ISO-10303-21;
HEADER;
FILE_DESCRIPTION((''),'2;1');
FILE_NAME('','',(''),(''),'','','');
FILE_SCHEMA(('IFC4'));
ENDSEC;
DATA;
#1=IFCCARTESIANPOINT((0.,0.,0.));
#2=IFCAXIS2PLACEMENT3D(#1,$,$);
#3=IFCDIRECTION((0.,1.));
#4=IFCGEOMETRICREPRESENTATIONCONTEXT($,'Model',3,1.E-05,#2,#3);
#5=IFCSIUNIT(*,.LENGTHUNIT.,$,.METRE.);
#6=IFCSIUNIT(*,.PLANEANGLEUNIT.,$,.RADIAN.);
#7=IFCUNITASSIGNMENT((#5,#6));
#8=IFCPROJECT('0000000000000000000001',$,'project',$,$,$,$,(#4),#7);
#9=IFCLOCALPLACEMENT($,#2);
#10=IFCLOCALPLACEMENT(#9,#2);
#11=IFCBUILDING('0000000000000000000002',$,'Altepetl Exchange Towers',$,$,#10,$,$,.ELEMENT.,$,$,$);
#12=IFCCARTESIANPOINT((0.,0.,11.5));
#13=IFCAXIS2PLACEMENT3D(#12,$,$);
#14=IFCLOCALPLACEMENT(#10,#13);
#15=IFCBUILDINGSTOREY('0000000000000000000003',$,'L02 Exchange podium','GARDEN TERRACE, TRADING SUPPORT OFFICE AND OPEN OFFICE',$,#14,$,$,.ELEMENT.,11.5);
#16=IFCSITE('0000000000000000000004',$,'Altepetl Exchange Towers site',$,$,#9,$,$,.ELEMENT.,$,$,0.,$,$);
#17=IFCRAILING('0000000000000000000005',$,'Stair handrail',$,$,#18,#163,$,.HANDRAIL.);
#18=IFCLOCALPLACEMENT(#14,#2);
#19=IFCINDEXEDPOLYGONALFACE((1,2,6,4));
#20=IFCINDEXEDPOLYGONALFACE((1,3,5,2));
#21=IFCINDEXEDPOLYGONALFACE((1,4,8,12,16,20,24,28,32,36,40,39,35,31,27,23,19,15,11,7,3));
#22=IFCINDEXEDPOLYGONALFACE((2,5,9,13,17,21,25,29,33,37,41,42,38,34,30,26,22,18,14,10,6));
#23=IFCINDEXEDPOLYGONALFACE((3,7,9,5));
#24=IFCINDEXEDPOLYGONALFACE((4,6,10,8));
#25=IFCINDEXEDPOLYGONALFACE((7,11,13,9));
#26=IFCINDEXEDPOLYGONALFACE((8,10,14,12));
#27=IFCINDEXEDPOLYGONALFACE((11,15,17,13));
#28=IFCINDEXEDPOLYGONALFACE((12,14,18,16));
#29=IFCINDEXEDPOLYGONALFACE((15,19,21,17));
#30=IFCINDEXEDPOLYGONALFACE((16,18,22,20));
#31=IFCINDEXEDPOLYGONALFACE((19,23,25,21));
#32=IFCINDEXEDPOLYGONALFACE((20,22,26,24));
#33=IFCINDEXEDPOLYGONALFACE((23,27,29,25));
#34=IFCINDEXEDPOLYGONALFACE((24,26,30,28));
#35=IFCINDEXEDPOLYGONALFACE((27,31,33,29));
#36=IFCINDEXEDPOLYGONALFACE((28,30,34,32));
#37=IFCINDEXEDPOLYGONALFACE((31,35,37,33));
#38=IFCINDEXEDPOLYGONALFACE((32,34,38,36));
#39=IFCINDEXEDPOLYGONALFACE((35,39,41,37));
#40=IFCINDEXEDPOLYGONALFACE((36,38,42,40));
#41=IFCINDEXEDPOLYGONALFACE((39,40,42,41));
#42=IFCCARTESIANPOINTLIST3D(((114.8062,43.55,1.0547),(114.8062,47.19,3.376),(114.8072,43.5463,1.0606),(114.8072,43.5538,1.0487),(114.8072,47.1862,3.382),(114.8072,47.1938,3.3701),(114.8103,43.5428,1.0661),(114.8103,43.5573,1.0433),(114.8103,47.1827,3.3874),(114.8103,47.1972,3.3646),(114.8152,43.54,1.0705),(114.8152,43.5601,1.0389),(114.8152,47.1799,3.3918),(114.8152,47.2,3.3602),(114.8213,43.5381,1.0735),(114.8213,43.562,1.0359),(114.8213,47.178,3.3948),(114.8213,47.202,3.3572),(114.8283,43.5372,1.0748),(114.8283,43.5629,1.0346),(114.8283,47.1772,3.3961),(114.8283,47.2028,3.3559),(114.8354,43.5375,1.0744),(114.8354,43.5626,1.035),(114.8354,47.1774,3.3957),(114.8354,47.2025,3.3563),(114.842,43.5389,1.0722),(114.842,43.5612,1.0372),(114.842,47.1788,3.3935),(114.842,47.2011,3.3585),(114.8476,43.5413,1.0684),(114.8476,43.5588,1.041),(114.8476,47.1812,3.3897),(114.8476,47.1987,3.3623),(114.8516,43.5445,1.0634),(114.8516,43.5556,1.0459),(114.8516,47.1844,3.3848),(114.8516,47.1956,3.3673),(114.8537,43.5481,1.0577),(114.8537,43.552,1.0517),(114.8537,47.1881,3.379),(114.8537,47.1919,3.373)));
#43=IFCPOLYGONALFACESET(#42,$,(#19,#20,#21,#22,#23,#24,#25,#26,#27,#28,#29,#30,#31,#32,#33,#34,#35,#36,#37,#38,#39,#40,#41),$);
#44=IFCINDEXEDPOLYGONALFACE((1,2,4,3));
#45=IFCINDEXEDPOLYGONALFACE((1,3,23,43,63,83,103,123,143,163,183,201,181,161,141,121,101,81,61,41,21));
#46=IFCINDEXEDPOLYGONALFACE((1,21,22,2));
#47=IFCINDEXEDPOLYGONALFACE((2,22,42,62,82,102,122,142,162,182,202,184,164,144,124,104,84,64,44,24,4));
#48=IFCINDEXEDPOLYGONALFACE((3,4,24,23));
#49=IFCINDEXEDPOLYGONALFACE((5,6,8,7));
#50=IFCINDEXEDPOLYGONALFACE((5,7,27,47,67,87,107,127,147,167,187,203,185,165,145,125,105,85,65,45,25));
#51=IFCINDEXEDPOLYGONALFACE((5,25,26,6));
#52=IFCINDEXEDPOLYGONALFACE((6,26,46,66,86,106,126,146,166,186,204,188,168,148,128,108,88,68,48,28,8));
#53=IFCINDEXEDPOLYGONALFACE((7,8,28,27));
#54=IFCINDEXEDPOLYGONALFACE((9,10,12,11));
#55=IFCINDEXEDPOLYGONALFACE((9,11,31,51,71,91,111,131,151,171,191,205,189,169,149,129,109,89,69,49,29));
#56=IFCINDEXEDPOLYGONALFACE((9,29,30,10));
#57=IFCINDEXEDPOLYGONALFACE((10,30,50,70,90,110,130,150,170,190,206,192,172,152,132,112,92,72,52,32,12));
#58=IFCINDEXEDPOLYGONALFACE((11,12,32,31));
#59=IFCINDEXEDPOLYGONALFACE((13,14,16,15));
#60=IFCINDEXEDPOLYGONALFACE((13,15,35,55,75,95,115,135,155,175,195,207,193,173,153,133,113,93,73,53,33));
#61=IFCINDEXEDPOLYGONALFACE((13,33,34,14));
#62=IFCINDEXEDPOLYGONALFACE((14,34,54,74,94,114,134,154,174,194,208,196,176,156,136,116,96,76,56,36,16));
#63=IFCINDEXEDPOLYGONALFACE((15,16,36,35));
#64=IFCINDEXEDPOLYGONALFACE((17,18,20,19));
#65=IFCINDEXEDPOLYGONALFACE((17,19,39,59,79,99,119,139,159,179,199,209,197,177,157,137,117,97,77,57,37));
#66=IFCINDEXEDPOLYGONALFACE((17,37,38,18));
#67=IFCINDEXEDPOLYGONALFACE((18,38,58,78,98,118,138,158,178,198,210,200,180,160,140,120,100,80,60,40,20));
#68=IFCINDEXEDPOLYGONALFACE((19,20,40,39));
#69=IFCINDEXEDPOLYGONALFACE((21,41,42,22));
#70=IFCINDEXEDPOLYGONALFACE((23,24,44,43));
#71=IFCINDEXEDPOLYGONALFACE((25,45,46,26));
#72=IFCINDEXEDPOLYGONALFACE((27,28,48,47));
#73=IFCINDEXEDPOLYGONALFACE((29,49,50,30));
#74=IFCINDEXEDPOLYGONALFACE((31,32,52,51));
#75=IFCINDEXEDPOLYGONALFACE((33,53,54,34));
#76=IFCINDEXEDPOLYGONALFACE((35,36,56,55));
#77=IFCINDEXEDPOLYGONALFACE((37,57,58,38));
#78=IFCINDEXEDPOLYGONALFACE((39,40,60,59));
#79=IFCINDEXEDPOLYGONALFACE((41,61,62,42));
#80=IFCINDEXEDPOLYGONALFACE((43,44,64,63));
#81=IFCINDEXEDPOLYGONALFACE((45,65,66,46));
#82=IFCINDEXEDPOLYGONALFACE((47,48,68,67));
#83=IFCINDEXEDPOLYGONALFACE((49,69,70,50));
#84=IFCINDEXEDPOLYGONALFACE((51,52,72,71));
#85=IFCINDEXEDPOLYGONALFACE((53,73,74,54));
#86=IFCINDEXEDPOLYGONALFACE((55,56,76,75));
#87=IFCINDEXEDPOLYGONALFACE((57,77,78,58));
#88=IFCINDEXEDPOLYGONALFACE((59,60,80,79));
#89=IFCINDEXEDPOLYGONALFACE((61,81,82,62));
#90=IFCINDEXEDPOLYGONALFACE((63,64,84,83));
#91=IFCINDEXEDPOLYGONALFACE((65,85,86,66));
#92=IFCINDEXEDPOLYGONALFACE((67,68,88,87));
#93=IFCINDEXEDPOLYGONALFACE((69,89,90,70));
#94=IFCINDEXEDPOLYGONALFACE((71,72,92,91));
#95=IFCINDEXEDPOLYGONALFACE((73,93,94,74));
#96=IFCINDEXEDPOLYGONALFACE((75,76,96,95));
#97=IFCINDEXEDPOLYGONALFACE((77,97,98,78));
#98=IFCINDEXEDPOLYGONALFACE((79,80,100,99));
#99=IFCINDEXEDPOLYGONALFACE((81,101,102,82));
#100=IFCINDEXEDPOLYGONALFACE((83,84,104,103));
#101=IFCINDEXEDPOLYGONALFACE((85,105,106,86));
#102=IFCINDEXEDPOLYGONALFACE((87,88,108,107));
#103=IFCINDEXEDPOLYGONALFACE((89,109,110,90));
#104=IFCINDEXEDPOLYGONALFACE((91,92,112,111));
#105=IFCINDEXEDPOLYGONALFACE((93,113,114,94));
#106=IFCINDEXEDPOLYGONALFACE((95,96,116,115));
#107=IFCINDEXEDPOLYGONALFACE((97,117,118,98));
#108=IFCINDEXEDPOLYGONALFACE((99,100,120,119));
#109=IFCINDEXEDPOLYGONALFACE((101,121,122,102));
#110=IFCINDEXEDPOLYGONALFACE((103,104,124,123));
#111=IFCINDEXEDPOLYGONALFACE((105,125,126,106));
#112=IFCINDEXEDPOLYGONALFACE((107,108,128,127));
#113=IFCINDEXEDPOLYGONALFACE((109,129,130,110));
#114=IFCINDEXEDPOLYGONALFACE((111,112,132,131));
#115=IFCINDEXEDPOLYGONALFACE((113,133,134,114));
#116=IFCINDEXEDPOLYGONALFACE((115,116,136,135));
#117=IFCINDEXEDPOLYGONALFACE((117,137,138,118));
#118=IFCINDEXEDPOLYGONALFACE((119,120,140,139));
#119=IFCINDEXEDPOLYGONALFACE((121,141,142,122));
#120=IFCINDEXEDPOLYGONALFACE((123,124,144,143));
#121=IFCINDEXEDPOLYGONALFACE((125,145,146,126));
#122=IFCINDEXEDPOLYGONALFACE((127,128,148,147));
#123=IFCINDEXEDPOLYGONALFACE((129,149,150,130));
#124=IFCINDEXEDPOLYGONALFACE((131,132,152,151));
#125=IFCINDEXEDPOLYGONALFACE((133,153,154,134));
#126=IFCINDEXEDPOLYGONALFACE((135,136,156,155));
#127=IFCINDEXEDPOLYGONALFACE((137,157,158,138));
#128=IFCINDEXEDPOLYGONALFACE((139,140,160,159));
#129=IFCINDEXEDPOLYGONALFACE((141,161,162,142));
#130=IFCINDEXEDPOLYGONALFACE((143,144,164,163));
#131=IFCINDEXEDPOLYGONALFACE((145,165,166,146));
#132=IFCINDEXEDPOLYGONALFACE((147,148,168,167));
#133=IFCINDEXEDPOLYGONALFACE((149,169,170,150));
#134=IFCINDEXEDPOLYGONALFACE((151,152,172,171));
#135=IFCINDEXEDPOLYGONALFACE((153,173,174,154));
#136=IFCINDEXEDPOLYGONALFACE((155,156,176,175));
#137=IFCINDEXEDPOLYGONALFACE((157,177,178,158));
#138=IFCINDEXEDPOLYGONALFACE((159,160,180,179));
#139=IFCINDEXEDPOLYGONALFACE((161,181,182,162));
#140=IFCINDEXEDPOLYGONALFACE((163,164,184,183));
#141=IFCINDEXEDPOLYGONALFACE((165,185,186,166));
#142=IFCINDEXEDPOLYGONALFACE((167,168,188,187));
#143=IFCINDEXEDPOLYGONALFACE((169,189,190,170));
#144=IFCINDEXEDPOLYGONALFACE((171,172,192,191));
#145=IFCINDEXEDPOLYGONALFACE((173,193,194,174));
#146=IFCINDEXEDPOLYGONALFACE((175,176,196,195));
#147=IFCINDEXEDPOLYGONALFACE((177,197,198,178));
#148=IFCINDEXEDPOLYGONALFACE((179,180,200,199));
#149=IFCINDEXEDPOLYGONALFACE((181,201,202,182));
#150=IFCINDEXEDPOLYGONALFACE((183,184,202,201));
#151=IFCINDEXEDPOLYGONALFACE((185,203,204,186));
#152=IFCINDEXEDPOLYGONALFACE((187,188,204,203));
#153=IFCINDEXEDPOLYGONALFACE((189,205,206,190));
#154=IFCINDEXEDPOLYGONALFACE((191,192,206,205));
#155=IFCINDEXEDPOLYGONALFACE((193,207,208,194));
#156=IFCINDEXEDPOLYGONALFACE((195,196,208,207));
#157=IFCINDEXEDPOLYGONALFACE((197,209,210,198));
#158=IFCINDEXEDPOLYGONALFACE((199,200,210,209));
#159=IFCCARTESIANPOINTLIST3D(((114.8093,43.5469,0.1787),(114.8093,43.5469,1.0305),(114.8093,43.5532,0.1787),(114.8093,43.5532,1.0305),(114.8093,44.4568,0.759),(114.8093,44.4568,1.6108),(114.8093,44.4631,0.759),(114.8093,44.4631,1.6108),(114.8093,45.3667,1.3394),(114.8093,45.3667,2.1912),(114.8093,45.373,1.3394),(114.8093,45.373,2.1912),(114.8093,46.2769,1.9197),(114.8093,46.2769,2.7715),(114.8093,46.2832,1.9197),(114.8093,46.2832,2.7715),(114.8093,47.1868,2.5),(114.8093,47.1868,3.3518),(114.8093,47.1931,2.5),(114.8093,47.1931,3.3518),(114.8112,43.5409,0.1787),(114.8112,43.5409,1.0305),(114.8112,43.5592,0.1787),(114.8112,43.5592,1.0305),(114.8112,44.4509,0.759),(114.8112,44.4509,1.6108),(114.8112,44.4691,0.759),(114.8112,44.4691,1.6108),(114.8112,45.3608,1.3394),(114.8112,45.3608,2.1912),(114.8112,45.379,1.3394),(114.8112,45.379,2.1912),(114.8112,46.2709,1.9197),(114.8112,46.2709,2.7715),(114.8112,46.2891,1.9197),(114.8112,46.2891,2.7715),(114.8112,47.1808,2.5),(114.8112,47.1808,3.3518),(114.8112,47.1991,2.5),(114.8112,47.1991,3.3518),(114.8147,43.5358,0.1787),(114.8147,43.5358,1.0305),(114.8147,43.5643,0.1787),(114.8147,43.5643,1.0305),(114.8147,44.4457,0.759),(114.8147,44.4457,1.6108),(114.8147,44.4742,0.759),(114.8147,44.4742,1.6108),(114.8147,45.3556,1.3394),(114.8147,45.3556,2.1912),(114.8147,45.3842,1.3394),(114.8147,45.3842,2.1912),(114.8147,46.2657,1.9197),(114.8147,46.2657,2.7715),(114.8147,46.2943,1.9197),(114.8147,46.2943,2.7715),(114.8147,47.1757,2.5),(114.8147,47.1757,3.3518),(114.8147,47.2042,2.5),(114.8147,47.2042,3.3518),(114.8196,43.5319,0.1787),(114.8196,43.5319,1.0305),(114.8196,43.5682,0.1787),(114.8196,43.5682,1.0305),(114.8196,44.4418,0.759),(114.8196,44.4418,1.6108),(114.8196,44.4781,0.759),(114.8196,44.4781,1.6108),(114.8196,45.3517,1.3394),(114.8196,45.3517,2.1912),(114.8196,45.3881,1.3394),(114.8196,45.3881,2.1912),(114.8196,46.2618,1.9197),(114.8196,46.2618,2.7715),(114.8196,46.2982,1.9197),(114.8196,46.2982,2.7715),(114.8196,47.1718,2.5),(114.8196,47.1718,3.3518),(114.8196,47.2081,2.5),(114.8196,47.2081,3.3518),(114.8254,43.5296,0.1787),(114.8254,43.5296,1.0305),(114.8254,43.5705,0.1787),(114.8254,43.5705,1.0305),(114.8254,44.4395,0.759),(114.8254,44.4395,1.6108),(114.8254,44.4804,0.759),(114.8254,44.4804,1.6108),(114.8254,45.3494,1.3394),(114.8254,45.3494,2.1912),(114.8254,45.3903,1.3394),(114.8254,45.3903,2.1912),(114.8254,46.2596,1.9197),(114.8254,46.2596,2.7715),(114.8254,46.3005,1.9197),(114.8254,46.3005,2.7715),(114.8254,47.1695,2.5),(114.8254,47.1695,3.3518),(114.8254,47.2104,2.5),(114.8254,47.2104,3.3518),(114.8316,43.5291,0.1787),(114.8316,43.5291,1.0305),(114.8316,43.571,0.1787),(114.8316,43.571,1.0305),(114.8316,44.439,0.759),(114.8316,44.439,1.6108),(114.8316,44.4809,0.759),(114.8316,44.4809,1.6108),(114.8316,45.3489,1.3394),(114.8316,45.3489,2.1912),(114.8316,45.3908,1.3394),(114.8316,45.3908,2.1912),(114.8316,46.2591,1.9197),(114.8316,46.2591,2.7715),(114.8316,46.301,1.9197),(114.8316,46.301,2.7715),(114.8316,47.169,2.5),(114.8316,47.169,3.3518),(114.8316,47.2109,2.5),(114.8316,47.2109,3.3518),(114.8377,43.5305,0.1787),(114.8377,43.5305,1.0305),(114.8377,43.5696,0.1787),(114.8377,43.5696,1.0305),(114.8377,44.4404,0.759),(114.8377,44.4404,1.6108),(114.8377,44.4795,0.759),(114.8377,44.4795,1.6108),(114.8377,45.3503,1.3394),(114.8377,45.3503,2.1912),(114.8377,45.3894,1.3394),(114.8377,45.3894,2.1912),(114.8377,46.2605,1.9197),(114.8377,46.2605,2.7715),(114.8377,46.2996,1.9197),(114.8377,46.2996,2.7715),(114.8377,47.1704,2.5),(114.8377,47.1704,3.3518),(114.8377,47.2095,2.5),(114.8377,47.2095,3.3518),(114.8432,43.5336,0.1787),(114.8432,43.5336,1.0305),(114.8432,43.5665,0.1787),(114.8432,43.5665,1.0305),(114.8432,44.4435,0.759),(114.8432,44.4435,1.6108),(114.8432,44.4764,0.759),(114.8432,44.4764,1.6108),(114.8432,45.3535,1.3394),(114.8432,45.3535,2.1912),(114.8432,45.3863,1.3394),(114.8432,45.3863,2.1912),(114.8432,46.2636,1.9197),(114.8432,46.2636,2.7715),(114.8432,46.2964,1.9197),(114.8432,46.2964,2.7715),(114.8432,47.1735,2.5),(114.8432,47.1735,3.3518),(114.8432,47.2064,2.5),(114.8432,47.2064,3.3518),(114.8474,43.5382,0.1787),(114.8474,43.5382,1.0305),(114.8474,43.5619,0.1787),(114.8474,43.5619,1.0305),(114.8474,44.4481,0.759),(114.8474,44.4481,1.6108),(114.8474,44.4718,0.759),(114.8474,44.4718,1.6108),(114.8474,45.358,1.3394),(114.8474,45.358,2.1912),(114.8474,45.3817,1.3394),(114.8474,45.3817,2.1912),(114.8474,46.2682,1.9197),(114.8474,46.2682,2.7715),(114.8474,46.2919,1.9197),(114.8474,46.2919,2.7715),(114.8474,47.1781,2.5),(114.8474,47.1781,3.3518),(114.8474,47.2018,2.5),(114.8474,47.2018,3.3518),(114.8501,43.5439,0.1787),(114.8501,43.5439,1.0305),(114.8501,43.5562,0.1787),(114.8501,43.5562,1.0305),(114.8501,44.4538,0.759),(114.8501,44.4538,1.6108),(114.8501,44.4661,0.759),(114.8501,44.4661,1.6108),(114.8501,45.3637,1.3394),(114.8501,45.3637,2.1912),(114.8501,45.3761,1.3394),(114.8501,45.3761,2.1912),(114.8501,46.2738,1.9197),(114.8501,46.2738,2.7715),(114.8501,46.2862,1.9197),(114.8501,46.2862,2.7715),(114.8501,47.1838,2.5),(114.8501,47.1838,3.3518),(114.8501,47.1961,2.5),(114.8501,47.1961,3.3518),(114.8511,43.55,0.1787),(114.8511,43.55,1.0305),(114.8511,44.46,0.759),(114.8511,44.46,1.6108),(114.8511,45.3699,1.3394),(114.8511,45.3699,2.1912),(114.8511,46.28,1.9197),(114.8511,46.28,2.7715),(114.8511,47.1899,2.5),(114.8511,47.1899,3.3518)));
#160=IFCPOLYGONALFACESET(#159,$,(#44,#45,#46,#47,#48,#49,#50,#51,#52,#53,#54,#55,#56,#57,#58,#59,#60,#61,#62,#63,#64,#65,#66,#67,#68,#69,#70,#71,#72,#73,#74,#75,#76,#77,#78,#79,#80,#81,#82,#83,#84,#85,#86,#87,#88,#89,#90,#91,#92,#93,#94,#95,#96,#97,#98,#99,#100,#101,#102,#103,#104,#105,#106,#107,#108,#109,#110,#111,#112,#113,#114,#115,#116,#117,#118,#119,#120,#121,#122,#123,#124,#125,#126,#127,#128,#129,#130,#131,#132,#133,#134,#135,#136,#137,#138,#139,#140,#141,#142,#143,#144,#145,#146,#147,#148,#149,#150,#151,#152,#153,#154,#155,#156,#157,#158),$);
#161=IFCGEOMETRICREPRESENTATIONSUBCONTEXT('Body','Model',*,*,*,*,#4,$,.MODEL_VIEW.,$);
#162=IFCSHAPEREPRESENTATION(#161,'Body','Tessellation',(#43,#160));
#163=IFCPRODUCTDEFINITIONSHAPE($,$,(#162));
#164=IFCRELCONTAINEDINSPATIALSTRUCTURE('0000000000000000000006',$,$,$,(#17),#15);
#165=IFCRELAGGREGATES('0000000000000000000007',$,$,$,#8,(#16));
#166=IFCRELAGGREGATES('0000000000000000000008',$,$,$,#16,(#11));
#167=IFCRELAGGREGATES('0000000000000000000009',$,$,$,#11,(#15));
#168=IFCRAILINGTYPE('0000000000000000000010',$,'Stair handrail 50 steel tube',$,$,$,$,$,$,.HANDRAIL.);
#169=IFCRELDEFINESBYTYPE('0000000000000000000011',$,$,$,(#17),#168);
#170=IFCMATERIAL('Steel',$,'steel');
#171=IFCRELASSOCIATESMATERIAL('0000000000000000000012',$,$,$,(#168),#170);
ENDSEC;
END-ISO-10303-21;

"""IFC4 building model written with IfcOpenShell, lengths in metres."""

from ifc_helpers import new_model, si_unit, direction, frame, origin, origin_2d, place, context, subcontext, project, spatial, circle, extrude, source, transform, mapped, material, type_object, element, save


model = new_model("IFC4")

# Units and contexts
model_context = context("Model", 3, precision=1e-05, world=origin(), true_north=direction((0.0, 1.0)))
body_context = subcontext(model_context, "Body", "Model", "MODEL_VIEW")
ifc_project = project(units=[si_unit("LENGTHUNIT", "METRE"), si_unit("PLANEANGLEUNIT", "RADIAN")], contexts=[model_context])

# Site, building, storey
site_placement = place(None, origin())
site = spatial("IfcSite", under=ifc_project, at=site_placement, Name="Altepetl Exchange Towers site", CompositionType="ELEMENT", RefElevation=0.0)
building_placement = place(site_placement, origin())
building = spatial("IfcBuilding", under=site, at=building_placement, Name="Altepetl Exchange Towers", CompositionType="ELEMENT")
storey_placement = place(building_placement, frame((0.0, 0.0, 11.5)))
storey = spatial("IfcBuildingStorey", under=building, at=storey_placement, Name="L02 Exchange podium", Description="GARDEN TERRACE, TRADING SUPPORT OFFICE AND OPEN OFFICE", CompositionType="ELEMENT", Elevation=11.5)

# Railing
ifc_material_1 = material(Name="Steel", Category="steel")
railing_type = type_object("IfcRailingType", Name="Stair handrail 50 steel tube", PredefinedType="HANDRAIL", material=ifc_material_1)
shared_shape = source(origin(), body_context, "Body", "SweptSolid", [
    extrude(circle(Radius=0.021, at=origin_2d()), origin(), (0.0, 0.0, 1.0), 0.8518),
])
for number, where, name in (
    (1, (114.8301, 43.55, 0.1787), "Stair handrail"),
):
    element("IfcRailing", number, at=place(storey_placement, frame(where)), inside=storey, type_object=railing_type, Name=name, PredefinedType="HANDRAIL", context=body_context, shape_type="SweptSolid", body=[
        extrude(circle(Radius=0.0239, at=origin_2d()), frame((0.0, 0.0, 0.876), z_axis=(0.0, 0.843137, 0.537699), x_axis=(-1.0, 0.0, 0.0)), (0.0, 0.0, 1.0), 4.3171),
        mapped(shared_shape, transform((0.0, 0.0, 0.0))),
        mapped(shared_shape, transform((0.0, 0.9099, 0.5803))),
        mapped(shared_shape, transform((0.0, 1.8198, 1.1606))),
        mapped(shared_shape, transform((0.0, 2.73, 1.741))),
        mapped(shared_shape, transform((0.0, 3.6399, 2.3213))),
    ])

save(model, "model.ifc")
